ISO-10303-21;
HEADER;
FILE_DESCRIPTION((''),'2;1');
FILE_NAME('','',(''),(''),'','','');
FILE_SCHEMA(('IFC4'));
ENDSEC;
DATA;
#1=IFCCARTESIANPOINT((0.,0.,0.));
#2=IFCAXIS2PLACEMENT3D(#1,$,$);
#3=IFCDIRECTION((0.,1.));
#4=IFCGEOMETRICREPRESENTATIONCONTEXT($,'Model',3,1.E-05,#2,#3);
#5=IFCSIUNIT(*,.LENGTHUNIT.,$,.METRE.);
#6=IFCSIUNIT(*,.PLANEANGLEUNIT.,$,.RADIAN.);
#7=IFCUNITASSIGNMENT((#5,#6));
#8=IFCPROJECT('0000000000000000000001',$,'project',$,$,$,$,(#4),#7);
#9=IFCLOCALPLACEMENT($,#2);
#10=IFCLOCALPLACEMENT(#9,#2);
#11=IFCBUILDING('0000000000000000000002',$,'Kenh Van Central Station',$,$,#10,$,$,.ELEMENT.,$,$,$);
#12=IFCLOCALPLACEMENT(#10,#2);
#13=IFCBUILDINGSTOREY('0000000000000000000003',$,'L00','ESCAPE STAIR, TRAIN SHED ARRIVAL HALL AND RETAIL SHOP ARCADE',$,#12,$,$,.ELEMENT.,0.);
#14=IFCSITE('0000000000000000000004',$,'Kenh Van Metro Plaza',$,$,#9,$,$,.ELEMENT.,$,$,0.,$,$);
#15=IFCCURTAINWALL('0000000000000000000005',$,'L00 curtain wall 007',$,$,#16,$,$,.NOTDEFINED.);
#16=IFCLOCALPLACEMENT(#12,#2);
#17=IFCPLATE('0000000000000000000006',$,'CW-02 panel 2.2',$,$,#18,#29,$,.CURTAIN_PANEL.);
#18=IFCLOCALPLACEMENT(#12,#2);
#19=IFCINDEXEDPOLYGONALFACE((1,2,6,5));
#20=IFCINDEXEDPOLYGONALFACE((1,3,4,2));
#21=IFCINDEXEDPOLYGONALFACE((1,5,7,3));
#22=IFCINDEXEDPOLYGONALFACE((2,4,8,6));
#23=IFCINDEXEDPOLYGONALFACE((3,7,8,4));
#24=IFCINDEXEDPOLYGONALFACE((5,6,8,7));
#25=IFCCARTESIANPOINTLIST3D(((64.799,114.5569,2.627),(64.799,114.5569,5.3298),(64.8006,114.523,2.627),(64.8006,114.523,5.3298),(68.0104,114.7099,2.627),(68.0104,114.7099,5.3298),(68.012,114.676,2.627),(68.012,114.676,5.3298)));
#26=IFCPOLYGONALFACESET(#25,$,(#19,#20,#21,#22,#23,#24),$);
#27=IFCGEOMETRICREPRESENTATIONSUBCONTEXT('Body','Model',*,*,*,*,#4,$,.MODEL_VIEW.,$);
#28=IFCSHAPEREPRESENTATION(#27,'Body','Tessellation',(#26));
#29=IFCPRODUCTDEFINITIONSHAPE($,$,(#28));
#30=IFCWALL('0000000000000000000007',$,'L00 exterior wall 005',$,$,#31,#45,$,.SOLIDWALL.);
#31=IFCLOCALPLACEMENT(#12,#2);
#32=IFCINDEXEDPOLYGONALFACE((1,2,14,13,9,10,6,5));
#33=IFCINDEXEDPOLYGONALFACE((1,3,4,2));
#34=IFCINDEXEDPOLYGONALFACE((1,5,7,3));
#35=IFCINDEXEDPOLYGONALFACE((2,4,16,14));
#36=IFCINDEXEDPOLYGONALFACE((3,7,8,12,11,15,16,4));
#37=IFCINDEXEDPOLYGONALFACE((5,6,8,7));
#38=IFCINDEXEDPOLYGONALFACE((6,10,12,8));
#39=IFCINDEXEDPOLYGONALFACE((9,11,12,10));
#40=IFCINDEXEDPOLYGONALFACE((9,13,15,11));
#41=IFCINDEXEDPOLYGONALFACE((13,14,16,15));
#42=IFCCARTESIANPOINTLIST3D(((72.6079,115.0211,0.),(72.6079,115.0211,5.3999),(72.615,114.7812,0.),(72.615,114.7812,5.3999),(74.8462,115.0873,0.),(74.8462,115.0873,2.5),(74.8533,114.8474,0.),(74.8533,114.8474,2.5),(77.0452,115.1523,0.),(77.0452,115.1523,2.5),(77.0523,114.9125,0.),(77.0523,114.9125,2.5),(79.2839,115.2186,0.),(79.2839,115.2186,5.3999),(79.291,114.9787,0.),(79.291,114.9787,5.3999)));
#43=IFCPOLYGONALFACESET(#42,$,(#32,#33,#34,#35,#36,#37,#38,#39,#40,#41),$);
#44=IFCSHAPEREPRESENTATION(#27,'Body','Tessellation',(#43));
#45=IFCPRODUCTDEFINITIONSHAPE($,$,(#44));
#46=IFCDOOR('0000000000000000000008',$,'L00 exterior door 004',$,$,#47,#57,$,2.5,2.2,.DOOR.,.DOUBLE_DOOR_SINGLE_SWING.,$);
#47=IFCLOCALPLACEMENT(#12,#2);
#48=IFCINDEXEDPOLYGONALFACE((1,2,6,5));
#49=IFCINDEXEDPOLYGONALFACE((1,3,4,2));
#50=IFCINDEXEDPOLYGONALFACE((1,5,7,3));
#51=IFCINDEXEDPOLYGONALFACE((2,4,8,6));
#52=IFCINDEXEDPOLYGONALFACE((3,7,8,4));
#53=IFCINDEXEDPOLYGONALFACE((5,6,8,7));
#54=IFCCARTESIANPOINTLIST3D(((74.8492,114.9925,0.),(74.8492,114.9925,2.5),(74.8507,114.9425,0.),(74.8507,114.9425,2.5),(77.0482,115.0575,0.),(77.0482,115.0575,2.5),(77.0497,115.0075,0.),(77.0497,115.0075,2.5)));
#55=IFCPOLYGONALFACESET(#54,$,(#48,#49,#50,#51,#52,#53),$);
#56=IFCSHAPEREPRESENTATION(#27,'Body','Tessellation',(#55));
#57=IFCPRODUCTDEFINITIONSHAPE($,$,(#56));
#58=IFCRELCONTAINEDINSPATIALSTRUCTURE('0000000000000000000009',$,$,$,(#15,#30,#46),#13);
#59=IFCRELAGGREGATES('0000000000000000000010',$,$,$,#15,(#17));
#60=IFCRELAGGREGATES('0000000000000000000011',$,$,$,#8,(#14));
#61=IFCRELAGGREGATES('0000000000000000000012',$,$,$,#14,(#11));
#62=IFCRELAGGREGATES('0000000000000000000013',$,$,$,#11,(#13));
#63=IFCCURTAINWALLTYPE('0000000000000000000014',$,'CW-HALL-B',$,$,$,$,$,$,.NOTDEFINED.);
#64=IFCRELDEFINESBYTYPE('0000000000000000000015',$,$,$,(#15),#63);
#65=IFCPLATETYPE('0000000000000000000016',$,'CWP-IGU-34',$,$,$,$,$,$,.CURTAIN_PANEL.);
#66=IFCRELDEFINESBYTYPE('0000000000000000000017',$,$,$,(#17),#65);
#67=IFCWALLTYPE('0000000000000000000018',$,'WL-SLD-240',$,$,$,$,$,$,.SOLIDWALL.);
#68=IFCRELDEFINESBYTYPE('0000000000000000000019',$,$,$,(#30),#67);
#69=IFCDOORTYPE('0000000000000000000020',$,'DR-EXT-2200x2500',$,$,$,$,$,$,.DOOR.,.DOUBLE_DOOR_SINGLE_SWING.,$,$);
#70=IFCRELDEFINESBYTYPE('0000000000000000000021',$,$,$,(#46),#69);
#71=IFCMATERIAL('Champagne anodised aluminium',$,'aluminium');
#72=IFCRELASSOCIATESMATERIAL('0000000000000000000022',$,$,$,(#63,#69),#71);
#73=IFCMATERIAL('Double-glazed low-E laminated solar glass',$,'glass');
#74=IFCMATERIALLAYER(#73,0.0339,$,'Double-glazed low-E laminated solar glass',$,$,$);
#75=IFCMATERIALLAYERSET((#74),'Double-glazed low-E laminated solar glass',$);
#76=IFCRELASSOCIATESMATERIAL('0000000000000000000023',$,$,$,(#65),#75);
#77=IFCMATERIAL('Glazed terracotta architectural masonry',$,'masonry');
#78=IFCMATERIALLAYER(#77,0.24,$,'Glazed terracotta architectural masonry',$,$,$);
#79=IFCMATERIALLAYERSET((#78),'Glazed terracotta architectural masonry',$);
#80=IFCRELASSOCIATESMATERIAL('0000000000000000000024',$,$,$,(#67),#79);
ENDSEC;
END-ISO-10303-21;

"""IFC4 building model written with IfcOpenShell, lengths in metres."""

from ifc_helpers import new_model, si_unit, direction, frame, frame_2d, origin, origin_2d, place, context, subcontext, project, spatial, rectangle, extrude, material, layer, layer_set, type_object, element, fill, aggregate, save


model = new_model("IFC4")

# Units and contexts
model_context = context("Model", 3, precision=1e-05, world=origin(), true_north=direction((0.0, 1.0)))
body_context = subcontext(model_context, "Body", "Model", "MODEL_VIEW")
ifc_project = project(units=[si_unit("LENGTHUNIT", "METRE"), si_unit("PLANEANGLEUNIT", "RADIAN")], contexts=[model_context])

# Site, building, storey
site_placement = place(None, origin())
site = spatial("IfcSite", under=ifc_project, at=site_placement, Name="Kenh Van Metro Plaza", CompositionType="ELEMENT", RefElevation=0.0)
building_placement = place(site_placement, origin())
building = spatial("IfcBuilding", under=site, at=building_placement, Name="Kenh Van Central Station", CompositionType="ELEMENT")
storey_placement = place(building_placement, origin())
storey = spatial("IfcBuildingStorey", under=building, at=storey_placement, Name="L00", Description="ESCAPE STAIR, TRAIN SHED ARRIVAL HALL AND RETAIL SHOP ARCADE", CompositionType="ELEMENT", Elevation=0.0)

# Curtain wall
ifc_material_1 = material(Name="Champagne anodised aluminium", Category="aluminium")
curtain_wall_type = type_object("IfcCurtainWallType", Name="CW-HALL-B", PredefinedType="NOTDEFINED", material=ifc_material_1)
curtain_wall_1_placement = place(storey_placement, origin())
curtain_wall_1 = element("IfcCurtainWall", 1, at=curtain_wall_1_placement, inside=storey, type_object=curtain_wall_type, Name="L00 curtain wall 007", PredefinedType="NOTDEFINED")

# Plate
ifc_material_2 = material(Name="Double-glazed low-E laminated solar glass", Category="glass")
ifc_layer_1 = layer(ifc_material_2, 0.0339, Name="Double-glazed low-E laminated solar glass")
ifc_layer_set_1 = layer_set([ifc_layer_1], Name="Double-glazed low-E laminated solar glass")
plate_type = type_object("IfcPlateType", Name="CWP-IGU-34", PredefinedType="CURTAIN_PANEL", material=ifc_layer_set_1)
plate_1_placement = place(storey_placement, frame((66.4055, 114.6165, 2.627), z_axis=(0.0, 0.0, 1.0), x_axis=(-0.998866, -0.047601, 0.0)))
plate_1 = element("IfcPlate", 2, at=plate_1_placement, type_object=plate_type, Name="CW-02 panel 2.2", PredefinedType="CURTAIN_PANEL", context=body_context, shape_type="SweptSolid", body=[
    extrude(rectangle(XDim=3.2151, YDim=0.0339, at=origin_2d()), origin(), (0.0, 0.0, 1.0), 2.7029),
])
aggregate(curtain_wall_1, [plate_1])

# Wall, opening, door
ifc_material_3 = material(Name="Glazed terracotta architectural masonry", Category="masonry")
ifc_layer_2 = layer(ifc_material_3, 0.24, Name="Glazed terracotta architectural masonry")
ifc_layer_set_2 = layer_set([ifc_layer_2], Name="Glazed terracotta architectural masonry")
wall_type = type_object("IfcWallType", Name="WL-SLD-240", PredefinedType="SOLIDWALL", material=ifc_layer_set_2)
wall_placement = place(storey_placement, frame((79.2874, 115.0986, 0.0), z_axis=(0.0, 0.0, 1.0), x_axis=(-0.999563, -0.029572, 0.0)))
wall = element("IfcWall", 3, at=wall_placement, inside=storey, type_object=wall_type, Name="L00 exterior wall 005", PredefinedType="SOLIDWALL", context=body_context, shape_type="SweptSolid", body=[
    extrude(rectangle(XDim=6.679, YDim=0.24, at=frame_2d((3.3394, 0.0))), origin(), (0.0, 0.0, 1.0), 5.3999),
])
opening_placement = place(wall_placement, frame((2.2395, 0.0, 0.0)))
opening = element("IfcOpeningElement", 4, at=opening_placement, cuts=wall, PredefinedType="OPENING", context=body_context, shape_type="SweptSolid", body=[
    extrude(rectangle(XDim=2.2, YDim=2.5, at=frame_2d((1.1001, 1.25))), frame((0.0, 0.1299, 0.0), z_axis=(0.0, -1.0, 0.0), x_axis=(1.0, 0.0, 0.0)), (0.0, 0.0, 1.0), 0.26),
])
door_type = type_object("IfcDoorType", Name="DR-EXT-2200x2500", OperationType="DOUBLE_DOOR_SINGLE_SWING", PredefinedType="DOOR", material=ifc_material_1)
door_placement = place(opening_placement, frame((2.2, 0.0, 0.0), z_axis=(0.0, 0.0, 1.0), x_axis=(-1.0, 0.0, 0.0)))
door = element("IfcDoor", 5, at=door_placement, inside=storey, type_object=door_type, Name="L00 exterior door 004", OperationType="DOUBLE_DOOR_SINGLE_SWING", OverallHeight=2.5, OverallWidth=2.2, PredefinedType="DOOR", context=body_context, shape_type="SweptSolid", body=[
    extrude(rectangle(XDim=2.2, YDim=2.5, at=frame_2d((-1.1001, 1.25))), frame((0.0, -0.0249, 0.0), z_axis=(0.0, 1.0, 0.0), x_axis=(-1.0, 0.0, 0.0)), (0.0, 0.0, 1.0), 0.05),
])
fill(opening, door)

save(model, "model.ifc")
